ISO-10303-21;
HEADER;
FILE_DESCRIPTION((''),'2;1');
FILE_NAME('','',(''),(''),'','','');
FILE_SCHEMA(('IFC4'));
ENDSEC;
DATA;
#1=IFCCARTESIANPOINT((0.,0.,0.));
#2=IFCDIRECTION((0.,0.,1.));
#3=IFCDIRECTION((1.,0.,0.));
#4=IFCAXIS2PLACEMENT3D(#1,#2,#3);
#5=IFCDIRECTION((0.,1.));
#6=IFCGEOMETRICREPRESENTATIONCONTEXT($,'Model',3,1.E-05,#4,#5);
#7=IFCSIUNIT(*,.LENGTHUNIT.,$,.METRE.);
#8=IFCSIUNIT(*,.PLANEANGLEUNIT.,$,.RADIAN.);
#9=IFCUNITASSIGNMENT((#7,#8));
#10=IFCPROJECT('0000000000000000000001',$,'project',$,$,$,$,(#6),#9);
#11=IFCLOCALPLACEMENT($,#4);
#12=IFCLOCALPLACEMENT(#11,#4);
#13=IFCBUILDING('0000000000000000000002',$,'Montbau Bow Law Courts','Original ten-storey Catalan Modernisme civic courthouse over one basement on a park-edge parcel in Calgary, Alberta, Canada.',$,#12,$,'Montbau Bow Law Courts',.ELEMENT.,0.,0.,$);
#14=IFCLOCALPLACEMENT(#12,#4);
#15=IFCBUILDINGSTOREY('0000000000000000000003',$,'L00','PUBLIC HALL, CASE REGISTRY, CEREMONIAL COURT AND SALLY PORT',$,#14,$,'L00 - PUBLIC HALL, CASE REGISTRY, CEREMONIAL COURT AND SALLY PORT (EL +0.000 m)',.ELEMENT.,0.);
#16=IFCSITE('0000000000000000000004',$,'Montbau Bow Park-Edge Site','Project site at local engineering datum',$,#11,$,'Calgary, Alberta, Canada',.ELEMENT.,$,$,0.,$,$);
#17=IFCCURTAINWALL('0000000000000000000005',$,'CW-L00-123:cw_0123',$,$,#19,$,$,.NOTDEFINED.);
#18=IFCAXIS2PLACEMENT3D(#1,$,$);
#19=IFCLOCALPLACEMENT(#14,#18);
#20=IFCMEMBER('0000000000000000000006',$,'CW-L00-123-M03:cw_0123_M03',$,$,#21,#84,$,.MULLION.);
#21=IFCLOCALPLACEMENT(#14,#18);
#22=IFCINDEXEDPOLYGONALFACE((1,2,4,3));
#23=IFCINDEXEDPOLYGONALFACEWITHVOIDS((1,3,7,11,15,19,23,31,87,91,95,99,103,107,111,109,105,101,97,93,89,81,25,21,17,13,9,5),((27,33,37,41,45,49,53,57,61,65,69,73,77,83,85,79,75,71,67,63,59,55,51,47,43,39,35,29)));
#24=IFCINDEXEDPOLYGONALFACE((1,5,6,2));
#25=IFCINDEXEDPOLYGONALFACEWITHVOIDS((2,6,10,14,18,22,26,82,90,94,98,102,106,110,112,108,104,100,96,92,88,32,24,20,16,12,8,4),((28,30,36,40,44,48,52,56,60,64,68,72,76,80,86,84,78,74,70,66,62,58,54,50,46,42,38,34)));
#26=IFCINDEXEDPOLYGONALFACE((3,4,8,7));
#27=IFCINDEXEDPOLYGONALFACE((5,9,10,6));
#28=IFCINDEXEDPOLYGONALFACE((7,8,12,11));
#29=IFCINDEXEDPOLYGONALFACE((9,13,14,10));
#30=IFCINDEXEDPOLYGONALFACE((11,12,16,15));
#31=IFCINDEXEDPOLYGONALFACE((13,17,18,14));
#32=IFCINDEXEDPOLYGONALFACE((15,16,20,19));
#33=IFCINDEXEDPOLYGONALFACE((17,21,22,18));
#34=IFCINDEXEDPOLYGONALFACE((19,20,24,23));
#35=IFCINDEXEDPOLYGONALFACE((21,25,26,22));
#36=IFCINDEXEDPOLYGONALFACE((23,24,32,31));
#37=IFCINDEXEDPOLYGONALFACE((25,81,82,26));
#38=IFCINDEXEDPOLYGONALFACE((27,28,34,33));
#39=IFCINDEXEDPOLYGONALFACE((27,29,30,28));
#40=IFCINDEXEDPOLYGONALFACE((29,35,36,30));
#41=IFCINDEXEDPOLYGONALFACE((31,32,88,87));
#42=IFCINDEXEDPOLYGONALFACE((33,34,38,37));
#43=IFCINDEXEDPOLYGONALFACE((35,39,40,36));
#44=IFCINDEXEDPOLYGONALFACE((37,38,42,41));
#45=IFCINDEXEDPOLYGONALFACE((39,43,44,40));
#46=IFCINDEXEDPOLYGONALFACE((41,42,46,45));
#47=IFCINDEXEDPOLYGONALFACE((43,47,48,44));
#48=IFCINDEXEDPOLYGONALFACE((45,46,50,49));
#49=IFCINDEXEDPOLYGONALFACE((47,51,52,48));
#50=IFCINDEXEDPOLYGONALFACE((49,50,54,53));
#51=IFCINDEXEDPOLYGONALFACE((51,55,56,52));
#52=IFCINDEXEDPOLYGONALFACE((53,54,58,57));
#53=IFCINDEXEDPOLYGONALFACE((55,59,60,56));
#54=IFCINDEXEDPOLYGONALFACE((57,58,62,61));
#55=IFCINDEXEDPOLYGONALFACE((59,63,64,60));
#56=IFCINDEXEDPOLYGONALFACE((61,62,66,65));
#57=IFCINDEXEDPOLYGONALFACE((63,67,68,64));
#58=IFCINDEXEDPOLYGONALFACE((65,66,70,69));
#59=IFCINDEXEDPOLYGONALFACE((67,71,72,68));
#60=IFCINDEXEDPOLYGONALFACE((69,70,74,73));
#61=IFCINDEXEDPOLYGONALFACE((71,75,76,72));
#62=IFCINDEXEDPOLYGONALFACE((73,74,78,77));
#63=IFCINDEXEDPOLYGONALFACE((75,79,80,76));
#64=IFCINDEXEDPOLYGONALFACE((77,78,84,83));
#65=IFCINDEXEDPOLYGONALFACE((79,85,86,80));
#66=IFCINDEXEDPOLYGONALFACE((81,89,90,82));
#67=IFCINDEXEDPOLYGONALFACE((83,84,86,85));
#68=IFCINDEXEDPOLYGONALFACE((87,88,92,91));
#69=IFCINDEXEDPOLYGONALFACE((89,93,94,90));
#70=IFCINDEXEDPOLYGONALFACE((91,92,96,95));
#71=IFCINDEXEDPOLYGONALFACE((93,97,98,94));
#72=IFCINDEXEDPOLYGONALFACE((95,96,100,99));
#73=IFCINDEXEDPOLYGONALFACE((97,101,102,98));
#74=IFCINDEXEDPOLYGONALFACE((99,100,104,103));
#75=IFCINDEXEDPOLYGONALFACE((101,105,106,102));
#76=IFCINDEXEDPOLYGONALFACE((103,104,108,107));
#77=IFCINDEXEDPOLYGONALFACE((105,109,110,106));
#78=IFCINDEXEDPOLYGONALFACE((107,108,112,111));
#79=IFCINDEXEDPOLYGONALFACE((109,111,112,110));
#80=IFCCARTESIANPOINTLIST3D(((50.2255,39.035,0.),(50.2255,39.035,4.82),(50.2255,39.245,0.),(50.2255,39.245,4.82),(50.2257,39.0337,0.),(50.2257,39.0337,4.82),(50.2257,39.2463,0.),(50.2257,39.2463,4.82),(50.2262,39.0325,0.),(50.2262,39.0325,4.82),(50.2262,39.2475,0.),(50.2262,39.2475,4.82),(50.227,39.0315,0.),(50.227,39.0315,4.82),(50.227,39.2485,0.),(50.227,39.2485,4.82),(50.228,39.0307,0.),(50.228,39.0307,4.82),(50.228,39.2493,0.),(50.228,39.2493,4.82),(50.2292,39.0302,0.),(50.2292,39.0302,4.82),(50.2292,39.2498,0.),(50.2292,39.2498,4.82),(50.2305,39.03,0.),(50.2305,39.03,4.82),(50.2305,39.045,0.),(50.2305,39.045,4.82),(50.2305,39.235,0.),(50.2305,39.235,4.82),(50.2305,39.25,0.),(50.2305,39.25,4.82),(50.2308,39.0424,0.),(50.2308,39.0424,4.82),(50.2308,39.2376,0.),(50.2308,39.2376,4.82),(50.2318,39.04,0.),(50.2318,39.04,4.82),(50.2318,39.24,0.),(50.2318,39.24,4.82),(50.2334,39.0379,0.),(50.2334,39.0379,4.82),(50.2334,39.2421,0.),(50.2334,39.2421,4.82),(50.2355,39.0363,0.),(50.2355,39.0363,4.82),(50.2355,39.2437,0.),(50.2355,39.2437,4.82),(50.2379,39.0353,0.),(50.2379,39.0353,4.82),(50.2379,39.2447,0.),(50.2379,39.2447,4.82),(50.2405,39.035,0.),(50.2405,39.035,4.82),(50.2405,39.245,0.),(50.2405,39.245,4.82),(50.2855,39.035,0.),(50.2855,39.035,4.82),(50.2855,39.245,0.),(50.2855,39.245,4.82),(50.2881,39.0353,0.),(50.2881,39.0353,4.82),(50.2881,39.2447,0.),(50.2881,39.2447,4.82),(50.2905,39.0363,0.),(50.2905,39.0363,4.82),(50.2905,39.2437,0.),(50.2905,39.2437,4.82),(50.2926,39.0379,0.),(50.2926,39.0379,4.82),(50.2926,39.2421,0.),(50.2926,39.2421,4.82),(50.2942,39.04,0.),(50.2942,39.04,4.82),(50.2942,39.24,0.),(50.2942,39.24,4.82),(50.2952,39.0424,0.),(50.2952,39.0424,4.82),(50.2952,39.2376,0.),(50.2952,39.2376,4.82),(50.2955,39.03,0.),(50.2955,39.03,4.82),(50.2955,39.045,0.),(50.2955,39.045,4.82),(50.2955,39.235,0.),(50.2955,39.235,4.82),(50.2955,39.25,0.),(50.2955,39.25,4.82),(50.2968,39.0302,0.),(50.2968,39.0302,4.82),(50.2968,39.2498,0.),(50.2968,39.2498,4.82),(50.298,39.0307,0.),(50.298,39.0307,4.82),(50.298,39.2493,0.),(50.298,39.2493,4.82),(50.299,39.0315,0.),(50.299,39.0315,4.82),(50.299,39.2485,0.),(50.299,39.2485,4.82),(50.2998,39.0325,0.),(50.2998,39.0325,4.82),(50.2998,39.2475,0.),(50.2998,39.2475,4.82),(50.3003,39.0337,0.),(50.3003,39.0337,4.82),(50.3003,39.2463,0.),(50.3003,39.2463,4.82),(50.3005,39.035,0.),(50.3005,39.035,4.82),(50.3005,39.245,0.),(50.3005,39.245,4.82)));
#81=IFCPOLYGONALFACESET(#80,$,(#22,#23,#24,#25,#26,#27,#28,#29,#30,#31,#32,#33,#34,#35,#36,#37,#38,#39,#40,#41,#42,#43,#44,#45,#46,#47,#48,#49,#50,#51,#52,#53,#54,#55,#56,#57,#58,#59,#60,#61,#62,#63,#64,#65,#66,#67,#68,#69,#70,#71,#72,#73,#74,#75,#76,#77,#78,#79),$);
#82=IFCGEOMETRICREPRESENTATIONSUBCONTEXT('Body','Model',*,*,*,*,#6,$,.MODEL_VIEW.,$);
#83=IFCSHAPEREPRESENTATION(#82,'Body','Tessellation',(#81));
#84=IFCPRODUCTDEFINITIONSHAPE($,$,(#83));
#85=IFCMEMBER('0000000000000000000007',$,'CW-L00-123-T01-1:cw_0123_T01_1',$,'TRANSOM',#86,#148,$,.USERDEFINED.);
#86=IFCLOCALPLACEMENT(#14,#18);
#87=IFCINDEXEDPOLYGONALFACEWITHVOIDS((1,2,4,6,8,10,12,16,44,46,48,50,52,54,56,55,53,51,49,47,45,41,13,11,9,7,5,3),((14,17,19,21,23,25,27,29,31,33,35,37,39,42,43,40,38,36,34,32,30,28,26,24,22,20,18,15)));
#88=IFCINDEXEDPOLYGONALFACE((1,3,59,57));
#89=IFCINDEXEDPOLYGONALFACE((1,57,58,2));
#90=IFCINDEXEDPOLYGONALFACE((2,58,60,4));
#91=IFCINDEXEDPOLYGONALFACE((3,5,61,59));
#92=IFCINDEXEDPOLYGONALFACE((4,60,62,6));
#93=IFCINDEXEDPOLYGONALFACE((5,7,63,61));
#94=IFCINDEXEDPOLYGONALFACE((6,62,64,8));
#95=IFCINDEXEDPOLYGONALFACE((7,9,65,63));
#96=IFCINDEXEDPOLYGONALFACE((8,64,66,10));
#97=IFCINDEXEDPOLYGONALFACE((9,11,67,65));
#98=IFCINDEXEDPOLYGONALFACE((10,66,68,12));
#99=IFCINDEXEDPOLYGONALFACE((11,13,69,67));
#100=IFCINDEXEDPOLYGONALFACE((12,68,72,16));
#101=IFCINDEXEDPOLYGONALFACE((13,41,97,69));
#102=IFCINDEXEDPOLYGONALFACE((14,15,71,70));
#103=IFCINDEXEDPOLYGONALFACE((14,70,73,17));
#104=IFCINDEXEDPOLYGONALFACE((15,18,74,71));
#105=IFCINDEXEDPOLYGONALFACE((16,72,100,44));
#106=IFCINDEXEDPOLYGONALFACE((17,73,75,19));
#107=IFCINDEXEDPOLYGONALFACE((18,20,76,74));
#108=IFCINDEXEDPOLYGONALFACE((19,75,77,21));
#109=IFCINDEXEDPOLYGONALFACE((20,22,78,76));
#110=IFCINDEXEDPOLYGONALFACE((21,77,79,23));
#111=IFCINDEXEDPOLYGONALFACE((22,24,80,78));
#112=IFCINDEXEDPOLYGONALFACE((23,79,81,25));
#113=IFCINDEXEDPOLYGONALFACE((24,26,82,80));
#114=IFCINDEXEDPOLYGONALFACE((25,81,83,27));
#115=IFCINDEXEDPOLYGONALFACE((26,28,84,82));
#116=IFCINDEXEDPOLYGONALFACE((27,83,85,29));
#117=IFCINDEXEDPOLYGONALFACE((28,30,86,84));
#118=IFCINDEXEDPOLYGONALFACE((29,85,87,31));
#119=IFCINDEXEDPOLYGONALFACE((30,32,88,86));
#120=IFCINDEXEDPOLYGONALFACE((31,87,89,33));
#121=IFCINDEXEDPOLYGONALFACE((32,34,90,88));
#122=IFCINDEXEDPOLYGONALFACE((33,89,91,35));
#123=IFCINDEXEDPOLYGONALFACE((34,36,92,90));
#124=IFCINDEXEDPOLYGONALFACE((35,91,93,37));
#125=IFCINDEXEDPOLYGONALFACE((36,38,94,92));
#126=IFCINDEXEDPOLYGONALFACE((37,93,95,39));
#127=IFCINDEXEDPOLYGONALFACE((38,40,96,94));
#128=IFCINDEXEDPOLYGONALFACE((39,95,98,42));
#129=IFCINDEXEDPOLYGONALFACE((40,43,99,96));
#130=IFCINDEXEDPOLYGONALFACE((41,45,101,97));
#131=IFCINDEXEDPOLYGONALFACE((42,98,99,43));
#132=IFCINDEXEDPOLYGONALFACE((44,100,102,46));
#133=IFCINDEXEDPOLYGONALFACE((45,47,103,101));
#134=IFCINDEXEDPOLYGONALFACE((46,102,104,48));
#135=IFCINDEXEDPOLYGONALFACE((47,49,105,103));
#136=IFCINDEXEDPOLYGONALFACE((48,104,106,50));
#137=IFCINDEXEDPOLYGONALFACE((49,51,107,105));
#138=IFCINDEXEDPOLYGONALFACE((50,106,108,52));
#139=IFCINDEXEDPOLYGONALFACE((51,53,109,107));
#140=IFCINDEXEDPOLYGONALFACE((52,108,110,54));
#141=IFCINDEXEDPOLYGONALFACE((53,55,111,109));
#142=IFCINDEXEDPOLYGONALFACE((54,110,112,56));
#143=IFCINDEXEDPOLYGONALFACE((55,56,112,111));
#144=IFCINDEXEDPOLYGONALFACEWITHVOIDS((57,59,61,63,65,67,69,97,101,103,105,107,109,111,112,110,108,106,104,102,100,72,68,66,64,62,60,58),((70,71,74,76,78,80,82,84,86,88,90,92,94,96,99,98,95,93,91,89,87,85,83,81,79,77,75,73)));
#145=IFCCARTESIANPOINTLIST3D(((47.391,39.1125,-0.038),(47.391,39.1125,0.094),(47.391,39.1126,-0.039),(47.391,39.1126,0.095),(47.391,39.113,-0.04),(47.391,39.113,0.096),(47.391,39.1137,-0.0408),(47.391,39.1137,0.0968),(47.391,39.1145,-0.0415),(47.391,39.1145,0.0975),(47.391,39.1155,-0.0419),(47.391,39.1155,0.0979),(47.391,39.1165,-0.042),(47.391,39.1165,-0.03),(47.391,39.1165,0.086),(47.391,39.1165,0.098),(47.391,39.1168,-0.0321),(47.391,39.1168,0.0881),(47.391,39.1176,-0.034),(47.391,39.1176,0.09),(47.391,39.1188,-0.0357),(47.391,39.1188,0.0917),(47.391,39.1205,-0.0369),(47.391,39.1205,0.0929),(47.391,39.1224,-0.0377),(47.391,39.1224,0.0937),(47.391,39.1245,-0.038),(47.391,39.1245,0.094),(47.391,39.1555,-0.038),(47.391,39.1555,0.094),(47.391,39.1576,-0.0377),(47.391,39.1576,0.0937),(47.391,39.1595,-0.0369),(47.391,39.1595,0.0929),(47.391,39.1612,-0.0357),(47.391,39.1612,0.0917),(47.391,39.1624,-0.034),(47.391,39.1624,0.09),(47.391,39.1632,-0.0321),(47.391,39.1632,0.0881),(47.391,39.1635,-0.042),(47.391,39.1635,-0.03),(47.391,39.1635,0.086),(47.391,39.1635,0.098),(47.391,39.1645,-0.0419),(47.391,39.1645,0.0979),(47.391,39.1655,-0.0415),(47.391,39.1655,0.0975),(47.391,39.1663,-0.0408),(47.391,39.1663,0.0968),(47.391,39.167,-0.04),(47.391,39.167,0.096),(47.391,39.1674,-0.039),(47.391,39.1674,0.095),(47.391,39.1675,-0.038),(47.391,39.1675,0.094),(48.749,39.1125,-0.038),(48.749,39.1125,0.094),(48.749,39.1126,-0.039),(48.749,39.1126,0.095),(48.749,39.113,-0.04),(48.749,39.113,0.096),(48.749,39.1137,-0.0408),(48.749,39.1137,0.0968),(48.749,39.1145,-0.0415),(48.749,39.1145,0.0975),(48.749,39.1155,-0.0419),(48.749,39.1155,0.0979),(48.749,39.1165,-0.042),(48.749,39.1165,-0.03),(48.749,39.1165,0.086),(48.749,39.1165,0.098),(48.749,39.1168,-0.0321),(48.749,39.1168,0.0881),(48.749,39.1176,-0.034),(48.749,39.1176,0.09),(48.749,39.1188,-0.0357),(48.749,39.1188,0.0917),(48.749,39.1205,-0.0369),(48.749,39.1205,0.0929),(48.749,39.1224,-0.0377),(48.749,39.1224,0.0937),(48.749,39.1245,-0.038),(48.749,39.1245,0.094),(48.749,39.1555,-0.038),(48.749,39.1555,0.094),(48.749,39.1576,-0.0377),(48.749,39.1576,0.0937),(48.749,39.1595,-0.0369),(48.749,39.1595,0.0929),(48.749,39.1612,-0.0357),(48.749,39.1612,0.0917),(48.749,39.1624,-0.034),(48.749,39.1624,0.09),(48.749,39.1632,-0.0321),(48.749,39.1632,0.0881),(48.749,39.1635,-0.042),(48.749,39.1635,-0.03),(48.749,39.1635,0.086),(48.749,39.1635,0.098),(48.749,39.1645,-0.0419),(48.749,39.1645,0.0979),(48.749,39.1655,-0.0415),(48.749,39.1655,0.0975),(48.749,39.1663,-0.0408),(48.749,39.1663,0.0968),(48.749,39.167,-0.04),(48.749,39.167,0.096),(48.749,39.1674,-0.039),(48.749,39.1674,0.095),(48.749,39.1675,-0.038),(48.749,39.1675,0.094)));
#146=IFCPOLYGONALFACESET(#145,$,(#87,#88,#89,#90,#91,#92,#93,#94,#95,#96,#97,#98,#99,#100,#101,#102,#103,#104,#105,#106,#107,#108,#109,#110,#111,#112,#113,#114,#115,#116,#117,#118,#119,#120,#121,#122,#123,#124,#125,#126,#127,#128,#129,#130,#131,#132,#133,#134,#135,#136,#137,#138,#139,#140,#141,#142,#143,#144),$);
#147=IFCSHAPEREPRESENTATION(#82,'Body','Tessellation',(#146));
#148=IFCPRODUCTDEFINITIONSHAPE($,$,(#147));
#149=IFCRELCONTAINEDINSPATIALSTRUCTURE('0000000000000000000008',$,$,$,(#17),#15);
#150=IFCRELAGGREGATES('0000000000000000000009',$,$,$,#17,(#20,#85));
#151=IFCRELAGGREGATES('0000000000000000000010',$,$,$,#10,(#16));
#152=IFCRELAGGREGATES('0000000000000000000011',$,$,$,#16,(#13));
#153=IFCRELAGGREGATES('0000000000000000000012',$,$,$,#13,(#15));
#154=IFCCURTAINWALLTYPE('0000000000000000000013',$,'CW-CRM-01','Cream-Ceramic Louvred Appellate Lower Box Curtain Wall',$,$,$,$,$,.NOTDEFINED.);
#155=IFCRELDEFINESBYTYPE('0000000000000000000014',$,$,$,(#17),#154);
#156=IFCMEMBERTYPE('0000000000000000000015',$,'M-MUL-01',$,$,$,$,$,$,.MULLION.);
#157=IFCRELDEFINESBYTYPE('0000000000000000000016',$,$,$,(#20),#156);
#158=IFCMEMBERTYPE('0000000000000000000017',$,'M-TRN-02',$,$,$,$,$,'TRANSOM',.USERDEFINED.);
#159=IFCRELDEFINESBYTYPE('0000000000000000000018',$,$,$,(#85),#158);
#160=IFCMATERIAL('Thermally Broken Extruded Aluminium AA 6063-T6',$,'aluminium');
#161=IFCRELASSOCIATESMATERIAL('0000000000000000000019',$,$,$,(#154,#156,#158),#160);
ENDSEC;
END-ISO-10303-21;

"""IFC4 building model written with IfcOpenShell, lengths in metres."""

from ifc_helpers import new_model, si_unit, direction, frame, origin_with_axes, origin_2d_with_axis, place, context, subcontext, project, spatial, hollow_rectangle, extrude, material, material_profile, profile_set, type_object, element, aggregate, save


model = new_model("IFC4")

# Units and contexts
model_context = context("Model", 3, precision=1e-05, world=origin_with_axes(), true_north=direction((0.0, 1.0)))
body_context = subcontext(model_context, "Body", "Model", "MODEL_VIEW")
ifc_project = project(units=[si_unit("LENGTHUNIT", "METRE"), si_unit("PLANEANGLEUNIT", "RADIAN")], contexts=[model_context])

# Site, building, storey
site_placement = place(None, origin_with_axes())
site = spatial("IfcSite", under=ifc_project, at=site_placement, Name="Montbau Bow Park-Edge Site", Description="Project site at local engineering datum", LongName="Calgary, Alberta, Canada", CompositionType="ELEMENT", RefElevation=0.0)
building_placement = place(site_placement, origin_with_axes())
building = spatial("IfcBuilding", under=site, at=building_placement, Name="Montbau Bow Law Courts", Description="Original ten-storey Catalan Modernisme civic courthouse over one basement on a park-edge parcel in Calgary, Alberta, Canada.", LongName="Montbau Bow Law Courts", CompositionType="ELEMENT", ElevationOfRefHeight=0.0, ElevationOfTerrain=0.0)
storey_placement = place(building_placement, origin_with_axes())
storey = spatial("IfcBuildingStorey", under=building, at=storey_placement, Name="L00", Description="PUBLIC HALL, CASE REGISTRY, CEREMONIAL COURT AND SALLY PORT", LongName="L00 - PUBLIC HALL, CASE REGISTRY, CEREMONIAL COURT AND SALLY PORT (EL +0.000 m)", CompositionType="ELEMENT", Elevation=0.0)

# Curtain wall, members
ifc_material_1 = material(Name="Thermally Broken Extruded Aluminium AA 6063-T6", Category="aluminium")
curtain_wall_type = type_object("IfcCurtainWallType", Name="CW-CRM-01", Description="Cream-Ceramic Louvred Appellate Lower Box Curtain Wall", PredefinedType="NOTDEFINED", material=ifc_material_1)
curtain_wall_placement = place(None, frame((47.315, 39.14, 0.0), z_axis=(0.0, 0.0, 1.0), x_axis=(1.0, 0.0, 0.0)))
curtain_wall = element("IfcCurtainWall", 1, at=curtain_wall_placement, inside=storey, type_object=curtain_wall_type, Name="CW-L00-123:cw_0123", PredefinedType="NOTDEFINED")
ifc_material_profile_1 = material_profile(ifc_material_1, hollow_rectangle(XDim=0.075, YDim=0.22, WallThickness=0.005, InnerFilletRadius=0.01, OuterFilletRadius=0.005, at=origin_2d_with_axis()), Name="CWM-220X75", Category="Main", Priority=0)
ifc_profile_set_1 = profile_set([ifc_material_profile_1], Name="Thermally Broken Extruded Aluminium AA 6063-T6")
member_type_1 = type_object("IfcMemberType", Name="M-MUL-01", PredefinedType="MULLION", material=ifc_profile_set_1)
member_1_placement = place(None, frame((50.263, 39.14, 0.0), z_axis=(0.0, 0.0, 1.0), x_axis=(1.0, 0.0, 0.0)))
member_1 = element("IfcMember", 2, at=member_1_placement, type_object=member_type_1, Name="CW-L00-123-M03:cw_0123_M03", PredefinedType="MULLION", context=body_context, shape_type="SweptSolid", body=[
    extrude(hollow_rectangle(XDim=0.075, YDim=0.22, WallThickness=0.005, InnerFilletRadius=0.01, OuterFilletRadius=0.005, at=origin_2d_with_axis()), origin_with_axes(), (0.0, 0.0, 1.0), 4.82),
])
ifc_material_profile_2 = material_profile(ifc_material_1, hollow_rectangle(XDim=0.055, YDim=0.14, WallThickness=0.004, InnerFilletRadius=0.008, OuterFilletRadius=0.004, at=origin_2d_with_axis()), Name="CWT-140X55", Category="Main", Priority=0)
ifc_profile_set_2 = profile_set([ifc_material_profile_2], Name="Thermally Broken Extruded Aluminium AA 6063-T6")
member_type_2 = type_object("IfcMemberType", Name="M-TRN-02", ElementType="TRANSOM", PredefinedType="USERDEFINED", material=ifc_profile_set_2)
member_2_placement = place(None, frame((47.391, 39.14, 0.028), z_axis=(1.0, 0.0, 0.0), x_axis=(0.0, 1.0, 0.0)))
member_2 = element("IfcMember", 3, at=member_2_placement, type_object=member_type_2, Name="CW-L00-123-T01-1:cw_0123_T01_1", ObjectType="TRANSOM", PredefinedType="USERDEFINED", context=body_context, shape_type="SweptSolid", body=[
    extrude(hollow_rectangle(XDim=0.055, YDim=0.14, WallThickness=0.004, InnerFilletRadius=0.008, OuterFilletRadius=0.004, at=origin_2d_with_axis()), origin_with_axes(), (0.0, 0.0, 1.0), 1.358),
])
aggregate(curtain_wall, [member_1, member_2])

save(model, "model.ifc")
